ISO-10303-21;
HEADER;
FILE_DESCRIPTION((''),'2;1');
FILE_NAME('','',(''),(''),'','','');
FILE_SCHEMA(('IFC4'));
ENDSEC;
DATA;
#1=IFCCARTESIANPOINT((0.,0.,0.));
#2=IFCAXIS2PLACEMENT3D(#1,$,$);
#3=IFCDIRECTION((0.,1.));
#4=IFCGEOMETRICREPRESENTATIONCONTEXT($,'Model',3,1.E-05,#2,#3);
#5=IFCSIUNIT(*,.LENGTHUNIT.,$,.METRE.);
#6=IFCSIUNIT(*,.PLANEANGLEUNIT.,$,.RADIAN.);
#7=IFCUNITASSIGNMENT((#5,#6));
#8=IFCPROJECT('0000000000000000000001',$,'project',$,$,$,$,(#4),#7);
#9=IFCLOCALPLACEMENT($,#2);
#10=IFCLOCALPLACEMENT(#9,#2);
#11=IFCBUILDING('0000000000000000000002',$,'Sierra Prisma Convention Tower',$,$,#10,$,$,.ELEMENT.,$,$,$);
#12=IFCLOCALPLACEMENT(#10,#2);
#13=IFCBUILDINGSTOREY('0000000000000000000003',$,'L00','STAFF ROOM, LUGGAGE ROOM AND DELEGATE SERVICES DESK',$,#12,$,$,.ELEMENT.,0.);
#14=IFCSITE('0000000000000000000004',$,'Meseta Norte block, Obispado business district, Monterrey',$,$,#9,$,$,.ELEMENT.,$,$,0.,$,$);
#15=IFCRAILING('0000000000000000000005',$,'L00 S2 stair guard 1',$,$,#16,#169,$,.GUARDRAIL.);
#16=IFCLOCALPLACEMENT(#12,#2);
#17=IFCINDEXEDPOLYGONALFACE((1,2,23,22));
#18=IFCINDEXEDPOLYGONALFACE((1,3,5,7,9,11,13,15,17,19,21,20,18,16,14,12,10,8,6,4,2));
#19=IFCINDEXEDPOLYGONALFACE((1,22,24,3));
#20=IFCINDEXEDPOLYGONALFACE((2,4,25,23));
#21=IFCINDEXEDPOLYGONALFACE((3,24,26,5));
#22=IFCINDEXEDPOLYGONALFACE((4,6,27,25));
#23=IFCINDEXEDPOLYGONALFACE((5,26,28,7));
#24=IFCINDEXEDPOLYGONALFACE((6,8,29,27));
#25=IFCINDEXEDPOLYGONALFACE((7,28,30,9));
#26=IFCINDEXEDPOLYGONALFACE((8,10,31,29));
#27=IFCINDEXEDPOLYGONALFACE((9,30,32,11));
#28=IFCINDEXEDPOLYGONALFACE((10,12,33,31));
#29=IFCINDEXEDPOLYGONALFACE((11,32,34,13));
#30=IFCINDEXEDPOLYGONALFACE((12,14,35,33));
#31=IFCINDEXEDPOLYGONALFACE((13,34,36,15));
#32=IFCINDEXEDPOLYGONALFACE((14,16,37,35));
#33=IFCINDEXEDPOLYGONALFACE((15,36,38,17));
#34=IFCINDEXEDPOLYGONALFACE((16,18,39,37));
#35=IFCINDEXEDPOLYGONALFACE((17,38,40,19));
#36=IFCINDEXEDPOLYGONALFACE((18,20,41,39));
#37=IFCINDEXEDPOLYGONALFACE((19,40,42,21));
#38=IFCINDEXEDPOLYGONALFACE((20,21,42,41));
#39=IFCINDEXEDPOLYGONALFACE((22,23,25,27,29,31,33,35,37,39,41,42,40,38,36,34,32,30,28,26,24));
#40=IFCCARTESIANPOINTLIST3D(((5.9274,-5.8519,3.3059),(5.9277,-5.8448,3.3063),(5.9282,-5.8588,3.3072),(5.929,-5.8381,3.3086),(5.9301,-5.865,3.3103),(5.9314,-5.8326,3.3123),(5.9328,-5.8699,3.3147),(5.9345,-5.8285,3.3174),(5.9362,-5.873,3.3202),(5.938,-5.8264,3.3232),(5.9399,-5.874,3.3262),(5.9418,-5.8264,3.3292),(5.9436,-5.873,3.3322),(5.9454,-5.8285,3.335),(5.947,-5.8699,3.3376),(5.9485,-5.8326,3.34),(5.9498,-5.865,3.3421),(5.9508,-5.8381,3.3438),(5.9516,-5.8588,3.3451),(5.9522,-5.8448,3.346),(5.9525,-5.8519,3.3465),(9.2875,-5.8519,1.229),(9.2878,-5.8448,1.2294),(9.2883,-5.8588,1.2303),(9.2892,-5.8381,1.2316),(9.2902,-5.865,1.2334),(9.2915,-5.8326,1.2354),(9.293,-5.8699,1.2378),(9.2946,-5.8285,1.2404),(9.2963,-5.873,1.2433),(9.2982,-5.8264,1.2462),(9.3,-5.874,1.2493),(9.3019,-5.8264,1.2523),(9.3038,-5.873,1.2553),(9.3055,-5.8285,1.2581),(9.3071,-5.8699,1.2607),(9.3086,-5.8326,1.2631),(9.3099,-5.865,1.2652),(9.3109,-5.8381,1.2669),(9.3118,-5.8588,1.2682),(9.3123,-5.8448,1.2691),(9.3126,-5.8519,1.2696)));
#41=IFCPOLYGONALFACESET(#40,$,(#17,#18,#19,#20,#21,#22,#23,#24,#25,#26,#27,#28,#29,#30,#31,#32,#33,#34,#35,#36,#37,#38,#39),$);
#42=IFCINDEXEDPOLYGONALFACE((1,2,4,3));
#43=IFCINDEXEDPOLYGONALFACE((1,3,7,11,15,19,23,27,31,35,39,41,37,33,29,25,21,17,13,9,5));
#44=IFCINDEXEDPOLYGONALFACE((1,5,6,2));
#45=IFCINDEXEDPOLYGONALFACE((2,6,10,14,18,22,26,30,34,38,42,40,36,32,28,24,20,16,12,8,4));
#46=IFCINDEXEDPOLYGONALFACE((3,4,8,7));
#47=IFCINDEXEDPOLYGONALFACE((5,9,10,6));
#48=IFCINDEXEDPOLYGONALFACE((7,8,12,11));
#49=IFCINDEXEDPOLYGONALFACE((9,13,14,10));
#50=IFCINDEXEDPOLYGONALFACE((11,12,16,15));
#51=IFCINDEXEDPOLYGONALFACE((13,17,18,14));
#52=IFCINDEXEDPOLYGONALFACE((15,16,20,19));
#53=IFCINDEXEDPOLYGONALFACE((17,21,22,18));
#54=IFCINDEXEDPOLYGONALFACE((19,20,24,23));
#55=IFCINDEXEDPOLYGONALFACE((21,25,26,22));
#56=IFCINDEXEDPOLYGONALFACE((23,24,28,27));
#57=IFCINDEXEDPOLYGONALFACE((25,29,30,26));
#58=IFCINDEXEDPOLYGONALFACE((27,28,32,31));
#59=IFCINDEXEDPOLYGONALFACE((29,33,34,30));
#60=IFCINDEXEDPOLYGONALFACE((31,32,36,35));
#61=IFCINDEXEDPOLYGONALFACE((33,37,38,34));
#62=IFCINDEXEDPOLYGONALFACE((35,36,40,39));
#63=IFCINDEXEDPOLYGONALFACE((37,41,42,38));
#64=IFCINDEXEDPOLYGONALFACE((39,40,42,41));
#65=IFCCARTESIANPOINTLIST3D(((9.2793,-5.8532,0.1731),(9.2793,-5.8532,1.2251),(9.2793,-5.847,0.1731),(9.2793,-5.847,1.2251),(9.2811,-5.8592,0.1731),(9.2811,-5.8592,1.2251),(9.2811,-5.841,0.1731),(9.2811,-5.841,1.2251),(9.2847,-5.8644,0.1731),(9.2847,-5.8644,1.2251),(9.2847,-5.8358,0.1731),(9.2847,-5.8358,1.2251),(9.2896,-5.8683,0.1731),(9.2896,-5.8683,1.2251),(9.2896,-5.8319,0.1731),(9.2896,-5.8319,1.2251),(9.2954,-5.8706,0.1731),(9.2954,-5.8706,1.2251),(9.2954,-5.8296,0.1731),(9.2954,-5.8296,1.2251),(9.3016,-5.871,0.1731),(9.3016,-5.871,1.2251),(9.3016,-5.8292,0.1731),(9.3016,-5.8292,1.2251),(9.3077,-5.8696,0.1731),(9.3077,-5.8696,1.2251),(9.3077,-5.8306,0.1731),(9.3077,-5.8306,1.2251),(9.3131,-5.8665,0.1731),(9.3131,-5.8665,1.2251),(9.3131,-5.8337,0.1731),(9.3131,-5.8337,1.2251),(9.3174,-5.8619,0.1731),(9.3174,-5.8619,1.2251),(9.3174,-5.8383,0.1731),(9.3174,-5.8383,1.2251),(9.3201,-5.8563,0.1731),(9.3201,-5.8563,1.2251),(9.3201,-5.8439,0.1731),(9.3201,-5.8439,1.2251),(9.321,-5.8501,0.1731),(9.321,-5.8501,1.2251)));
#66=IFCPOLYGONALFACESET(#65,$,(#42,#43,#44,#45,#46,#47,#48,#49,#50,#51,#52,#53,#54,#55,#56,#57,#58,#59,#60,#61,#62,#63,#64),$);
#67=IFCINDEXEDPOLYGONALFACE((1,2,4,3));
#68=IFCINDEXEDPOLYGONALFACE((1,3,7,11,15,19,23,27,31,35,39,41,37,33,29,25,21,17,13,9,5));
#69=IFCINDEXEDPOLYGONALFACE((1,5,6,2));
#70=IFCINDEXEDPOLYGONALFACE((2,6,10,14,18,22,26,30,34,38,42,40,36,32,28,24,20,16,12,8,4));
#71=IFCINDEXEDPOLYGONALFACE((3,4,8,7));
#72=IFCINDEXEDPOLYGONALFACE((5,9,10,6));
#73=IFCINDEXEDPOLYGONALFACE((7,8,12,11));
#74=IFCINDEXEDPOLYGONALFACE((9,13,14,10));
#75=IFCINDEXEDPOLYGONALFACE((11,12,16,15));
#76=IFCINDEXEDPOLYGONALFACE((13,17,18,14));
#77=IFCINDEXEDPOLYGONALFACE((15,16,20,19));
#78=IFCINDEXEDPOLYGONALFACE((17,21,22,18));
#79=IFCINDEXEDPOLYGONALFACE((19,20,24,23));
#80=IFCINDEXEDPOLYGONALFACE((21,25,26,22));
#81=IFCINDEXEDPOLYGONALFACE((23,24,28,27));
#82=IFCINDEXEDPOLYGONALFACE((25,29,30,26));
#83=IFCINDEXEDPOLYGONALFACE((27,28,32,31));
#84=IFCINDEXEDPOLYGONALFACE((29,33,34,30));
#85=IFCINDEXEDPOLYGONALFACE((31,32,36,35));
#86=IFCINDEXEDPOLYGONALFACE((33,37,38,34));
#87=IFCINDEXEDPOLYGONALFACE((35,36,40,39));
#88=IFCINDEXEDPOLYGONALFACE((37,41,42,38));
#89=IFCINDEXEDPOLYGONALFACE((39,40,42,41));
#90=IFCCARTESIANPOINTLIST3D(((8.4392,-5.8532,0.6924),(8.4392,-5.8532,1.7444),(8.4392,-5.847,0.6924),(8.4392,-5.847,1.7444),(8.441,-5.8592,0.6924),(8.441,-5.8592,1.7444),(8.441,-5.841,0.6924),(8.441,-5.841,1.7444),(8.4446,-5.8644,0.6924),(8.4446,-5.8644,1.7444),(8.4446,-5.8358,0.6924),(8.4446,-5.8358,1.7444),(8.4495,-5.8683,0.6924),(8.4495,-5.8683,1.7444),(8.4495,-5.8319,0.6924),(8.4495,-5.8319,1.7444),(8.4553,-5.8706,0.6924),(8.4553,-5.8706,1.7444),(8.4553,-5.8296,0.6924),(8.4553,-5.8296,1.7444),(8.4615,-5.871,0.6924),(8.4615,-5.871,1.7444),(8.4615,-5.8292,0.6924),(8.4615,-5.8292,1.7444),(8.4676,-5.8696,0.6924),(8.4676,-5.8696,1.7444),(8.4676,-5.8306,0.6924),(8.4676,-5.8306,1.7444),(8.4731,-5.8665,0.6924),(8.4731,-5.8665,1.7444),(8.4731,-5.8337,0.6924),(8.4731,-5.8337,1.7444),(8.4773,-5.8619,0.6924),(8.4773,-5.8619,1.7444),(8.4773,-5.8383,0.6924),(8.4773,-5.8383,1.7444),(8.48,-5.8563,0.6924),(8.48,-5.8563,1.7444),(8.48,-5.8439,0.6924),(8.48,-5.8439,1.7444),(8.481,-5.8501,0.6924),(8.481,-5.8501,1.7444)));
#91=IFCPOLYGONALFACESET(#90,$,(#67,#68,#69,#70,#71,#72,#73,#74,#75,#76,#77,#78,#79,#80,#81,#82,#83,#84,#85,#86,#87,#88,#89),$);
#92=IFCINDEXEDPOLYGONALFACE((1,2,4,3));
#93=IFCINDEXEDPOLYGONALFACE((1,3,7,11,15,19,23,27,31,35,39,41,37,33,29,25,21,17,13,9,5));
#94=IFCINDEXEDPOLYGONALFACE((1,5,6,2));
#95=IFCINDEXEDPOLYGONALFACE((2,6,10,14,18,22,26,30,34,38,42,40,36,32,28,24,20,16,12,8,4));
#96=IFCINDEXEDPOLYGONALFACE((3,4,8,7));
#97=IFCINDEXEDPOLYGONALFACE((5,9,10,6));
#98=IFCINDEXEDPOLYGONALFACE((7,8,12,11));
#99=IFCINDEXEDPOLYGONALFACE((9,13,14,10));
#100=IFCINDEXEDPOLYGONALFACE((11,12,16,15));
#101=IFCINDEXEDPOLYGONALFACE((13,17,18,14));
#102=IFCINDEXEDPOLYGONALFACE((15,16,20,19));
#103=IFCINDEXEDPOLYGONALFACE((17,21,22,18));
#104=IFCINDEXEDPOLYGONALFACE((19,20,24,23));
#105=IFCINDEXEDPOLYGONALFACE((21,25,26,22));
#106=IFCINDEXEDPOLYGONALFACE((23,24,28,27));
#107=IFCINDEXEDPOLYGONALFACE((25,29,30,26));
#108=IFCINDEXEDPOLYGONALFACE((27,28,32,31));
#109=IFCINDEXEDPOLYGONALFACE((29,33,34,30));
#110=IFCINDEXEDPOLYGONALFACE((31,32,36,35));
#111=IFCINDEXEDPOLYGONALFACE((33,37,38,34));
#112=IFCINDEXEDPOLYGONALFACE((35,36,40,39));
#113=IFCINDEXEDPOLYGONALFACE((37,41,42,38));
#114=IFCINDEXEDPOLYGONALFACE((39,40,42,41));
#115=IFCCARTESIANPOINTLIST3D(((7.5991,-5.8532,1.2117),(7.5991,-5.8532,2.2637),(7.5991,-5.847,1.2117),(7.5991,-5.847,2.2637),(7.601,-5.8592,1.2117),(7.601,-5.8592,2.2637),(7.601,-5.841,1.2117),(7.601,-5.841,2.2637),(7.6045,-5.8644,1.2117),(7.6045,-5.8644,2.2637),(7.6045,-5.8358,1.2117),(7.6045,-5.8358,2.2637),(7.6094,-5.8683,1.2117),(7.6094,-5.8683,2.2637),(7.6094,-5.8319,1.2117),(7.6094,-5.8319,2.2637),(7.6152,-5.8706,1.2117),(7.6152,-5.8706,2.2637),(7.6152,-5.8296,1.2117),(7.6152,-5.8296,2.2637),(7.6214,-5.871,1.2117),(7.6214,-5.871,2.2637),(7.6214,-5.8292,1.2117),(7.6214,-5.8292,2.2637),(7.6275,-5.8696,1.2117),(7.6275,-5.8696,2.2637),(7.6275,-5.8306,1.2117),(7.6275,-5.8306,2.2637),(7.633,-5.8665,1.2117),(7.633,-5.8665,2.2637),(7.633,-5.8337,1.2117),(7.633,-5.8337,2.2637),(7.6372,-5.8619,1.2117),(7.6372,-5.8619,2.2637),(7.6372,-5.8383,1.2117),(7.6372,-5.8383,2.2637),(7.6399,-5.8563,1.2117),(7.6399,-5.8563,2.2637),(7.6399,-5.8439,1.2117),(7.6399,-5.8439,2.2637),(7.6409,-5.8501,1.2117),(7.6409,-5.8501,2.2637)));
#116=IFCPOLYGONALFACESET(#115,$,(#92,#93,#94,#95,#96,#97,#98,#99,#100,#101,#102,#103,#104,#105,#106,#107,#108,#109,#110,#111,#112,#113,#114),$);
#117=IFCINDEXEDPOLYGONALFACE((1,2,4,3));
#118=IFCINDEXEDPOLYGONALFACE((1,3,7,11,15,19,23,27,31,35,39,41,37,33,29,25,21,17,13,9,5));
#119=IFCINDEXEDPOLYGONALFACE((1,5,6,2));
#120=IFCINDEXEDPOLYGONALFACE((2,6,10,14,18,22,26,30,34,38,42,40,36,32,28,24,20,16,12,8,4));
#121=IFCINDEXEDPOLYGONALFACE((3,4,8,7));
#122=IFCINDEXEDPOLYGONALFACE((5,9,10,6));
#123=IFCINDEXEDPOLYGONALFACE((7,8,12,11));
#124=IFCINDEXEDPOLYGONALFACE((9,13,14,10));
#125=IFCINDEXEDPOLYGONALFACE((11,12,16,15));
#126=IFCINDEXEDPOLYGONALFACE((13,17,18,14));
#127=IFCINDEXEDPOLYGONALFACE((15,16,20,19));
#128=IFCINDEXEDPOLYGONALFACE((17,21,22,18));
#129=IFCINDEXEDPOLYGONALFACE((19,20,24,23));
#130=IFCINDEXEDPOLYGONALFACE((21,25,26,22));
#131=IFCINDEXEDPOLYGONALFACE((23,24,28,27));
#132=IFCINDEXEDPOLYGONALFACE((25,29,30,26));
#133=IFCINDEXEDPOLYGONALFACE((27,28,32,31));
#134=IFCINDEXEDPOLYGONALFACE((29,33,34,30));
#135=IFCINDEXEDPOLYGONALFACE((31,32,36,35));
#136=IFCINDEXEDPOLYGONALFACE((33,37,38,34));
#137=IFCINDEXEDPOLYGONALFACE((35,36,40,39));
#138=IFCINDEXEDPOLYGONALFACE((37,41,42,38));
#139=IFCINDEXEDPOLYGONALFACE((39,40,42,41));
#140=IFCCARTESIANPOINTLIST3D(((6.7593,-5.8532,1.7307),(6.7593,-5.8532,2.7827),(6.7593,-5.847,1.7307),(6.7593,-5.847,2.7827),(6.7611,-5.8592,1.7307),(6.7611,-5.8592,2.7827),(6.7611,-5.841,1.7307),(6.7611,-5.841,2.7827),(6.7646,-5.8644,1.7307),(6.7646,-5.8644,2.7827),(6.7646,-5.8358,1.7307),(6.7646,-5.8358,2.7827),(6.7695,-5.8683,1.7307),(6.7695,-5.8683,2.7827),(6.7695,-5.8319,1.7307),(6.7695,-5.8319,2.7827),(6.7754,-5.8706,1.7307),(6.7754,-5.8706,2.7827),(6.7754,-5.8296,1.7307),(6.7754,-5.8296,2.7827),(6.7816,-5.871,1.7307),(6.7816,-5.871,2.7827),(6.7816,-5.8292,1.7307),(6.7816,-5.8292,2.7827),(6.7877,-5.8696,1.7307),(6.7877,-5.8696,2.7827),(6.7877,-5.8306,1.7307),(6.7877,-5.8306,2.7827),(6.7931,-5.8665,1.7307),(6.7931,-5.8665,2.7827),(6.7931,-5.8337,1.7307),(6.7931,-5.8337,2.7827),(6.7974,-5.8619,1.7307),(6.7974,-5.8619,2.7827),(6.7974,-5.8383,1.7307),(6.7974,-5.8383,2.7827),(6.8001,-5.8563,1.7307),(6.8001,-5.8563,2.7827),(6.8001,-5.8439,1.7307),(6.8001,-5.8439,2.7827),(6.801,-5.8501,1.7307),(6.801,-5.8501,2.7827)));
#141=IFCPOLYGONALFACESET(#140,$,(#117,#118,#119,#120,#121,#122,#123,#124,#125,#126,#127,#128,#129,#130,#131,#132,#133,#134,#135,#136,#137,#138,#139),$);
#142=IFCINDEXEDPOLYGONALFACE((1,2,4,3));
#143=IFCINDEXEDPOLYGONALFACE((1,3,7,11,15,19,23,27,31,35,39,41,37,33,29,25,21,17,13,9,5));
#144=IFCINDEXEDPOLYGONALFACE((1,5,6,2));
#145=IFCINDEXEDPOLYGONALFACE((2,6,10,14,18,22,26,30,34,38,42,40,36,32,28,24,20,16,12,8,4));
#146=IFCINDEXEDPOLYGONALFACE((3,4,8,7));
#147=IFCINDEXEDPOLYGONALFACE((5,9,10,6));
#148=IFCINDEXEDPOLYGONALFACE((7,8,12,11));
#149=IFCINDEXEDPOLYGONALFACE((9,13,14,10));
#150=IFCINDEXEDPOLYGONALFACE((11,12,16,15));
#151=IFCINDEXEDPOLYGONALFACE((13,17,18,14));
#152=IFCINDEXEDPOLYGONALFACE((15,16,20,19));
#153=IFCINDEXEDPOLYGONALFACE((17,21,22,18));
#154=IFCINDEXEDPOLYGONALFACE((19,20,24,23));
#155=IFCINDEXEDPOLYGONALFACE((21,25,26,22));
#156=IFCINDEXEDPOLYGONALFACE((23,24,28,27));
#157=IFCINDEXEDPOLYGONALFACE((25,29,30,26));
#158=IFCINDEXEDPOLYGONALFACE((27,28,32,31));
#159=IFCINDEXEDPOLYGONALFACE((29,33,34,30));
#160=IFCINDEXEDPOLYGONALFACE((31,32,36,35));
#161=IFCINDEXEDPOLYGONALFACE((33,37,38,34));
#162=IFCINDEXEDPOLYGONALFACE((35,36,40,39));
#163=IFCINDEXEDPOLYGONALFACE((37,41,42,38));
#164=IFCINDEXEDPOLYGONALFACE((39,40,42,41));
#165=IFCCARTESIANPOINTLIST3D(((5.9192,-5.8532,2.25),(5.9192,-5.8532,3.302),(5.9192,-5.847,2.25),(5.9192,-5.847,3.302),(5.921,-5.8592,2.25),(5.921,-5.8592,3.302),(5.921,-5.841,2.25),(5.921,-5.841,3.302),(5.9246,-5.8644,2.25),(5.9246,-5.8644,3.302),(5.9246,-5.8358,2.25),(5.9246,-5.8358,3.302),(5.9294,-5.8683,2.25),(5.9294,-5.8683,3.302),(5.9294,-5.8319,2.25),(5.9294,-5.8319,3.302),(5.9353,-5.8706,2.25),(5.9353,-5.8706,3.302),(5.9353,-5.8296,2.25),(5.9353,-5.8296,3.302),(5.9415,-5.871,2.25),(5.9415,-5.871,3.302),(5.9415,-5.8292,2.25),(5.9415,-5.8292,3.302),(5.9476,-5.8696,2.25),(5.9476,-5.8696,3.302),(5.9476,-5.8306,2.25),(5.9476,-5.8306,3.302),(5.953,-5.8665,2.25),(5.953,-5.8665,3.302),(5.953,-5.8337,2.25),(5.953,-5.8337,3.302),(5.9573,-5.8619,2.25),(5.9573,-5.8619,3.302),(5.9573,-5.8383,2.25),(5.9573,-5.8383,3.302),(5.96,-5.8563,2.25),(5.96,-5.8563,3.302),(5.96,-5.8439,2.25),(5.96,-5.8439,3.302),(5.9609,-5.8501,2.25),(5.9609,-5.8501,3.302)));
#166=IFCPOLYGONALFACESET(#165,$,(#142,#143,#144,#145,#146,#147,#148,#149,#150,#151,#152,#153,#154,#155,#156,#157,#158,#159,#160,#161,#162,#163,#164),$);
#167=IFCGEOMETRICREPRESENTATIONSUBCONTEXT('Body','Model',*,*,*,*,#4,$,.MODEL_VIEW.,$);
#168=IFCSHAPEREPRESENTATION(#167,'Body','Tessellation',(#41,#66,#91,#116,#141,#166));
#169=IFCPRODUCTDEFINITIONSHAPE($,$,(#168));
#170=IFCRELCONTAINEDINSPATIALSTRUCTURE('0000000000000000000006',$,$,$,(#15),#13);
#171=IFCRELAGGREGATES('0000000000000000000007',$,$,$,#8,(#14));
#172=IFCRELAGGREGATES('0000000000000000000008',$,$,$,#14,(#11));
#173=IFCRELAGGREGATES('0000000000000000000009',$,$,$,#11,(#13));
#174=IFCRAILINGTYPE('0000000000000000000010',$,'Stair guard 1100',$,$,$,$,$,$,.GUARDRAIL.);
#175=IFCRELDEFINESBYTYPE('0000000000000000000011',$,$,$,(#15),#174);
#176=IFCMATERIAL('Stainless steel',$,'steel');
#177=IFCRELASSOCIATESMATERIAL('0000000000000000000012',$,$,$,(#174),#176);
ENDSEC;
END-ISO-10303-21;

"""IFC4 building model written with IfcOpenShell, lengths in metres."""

from ifc_helpers import new_model, si_unit, direction, frame, origin, origin_2d, place, context, subcontext, project, spatial, circle, extrude, material, type_object, element, save


model = new_model("IFC4")

# Units and contexts
model_context = context("Model", 3, precision=1e-05, world=origin(), true_north=direction((0.0, 1.0)))
body_context = subcontext(model_context, "Body", "Model", "MODEL_VIEW")
ifc_project = project(units=[si_unit("LENGTHUNIT", "METRE"), si_unit("PLANEANGLEUNIT", "RADIAN")], contexts=[model_context])

# Site, building, storey
site_placement = place(None, origin())
site = spatial("IfcSite", under=ifc_project, at=site_placement, Name="Meseta Norte block, Obispado business district, Monterrey", CompositionType="ELEMENT", RefElevation=0.0)
building_placement = place(site_placement, origin())
building = spatial("IfcBuilding", under=site, at=building_placement, Name="Sierra Prisma Convention Tower", CompositionType="ELEMENT")
storey_placement = place(building_placement, origin())
storey = spatial("IfcBuildingStorey", under=building, at=storey_placement, Name="L00", Description="STAFF ROOM, LUGGAGE ROOM AND DELEGATE SERVICES DESK", CompositionType="ELEMENT", Elevation=0.0)

# Railing
ifc_material_1 = material(Name="Stainless steel", Category="steel")
railing_type_1 = type_object("IfcRailingType", Name="Stair guard 1100", PredefinedType="GUARDRAIL", material=ifc_material_1)
railing_1_placement = place(storey_placement, frame((9.3, -5.8501, 0.1731)))
element("IfcRailing", 1, at=railing_1_placement, inside=storey, type_object=railing_type_1, Name="L00 S2 stair guard 1", PredefinedType="GUARDRAIL", context=body_context, shape_type="SweptSolid", body=[
    extrude(circle(Radius=0.0239, at=origin_2d()), frame((0.0, 0.0, 1.0762), z_axis=(-0.850623, 0.0, 0.525776), x_axis=(0.0, -1.0, 0.0)), (0.0, 0.0, 1.0), 3.9502),
    extrude(circle(Radius=0.021, at=origin_2d()), origin(), (0.0, 0.0, 1.0), 1.052),
    extrude(circle(Radius=0.021, at=origin_2d()), frame((-0.8401, 0.0, 0.5193)), (0.0, 0.0, 1.0), 1.052),
    extrude(circle(Radius=0.021, at=origin_2d()), frame((-1.6802, 0.0, 1.0386)), (0.0, 0.0, 1.0), 1.052),
    extrude(circle(Radius=0.021, at=origin_2d()), frame((-2.52, 0.0, 1.5576)), (0.0, 0.0, 1.0), 1.052),
    extrude(circle(Radius=0.021, at=origin_2d()), frame((-3.3601, 0.0, 2.0769)), (0.0, 0.0, 1.0), 1.052),
])

save(model, "model.ifc")
